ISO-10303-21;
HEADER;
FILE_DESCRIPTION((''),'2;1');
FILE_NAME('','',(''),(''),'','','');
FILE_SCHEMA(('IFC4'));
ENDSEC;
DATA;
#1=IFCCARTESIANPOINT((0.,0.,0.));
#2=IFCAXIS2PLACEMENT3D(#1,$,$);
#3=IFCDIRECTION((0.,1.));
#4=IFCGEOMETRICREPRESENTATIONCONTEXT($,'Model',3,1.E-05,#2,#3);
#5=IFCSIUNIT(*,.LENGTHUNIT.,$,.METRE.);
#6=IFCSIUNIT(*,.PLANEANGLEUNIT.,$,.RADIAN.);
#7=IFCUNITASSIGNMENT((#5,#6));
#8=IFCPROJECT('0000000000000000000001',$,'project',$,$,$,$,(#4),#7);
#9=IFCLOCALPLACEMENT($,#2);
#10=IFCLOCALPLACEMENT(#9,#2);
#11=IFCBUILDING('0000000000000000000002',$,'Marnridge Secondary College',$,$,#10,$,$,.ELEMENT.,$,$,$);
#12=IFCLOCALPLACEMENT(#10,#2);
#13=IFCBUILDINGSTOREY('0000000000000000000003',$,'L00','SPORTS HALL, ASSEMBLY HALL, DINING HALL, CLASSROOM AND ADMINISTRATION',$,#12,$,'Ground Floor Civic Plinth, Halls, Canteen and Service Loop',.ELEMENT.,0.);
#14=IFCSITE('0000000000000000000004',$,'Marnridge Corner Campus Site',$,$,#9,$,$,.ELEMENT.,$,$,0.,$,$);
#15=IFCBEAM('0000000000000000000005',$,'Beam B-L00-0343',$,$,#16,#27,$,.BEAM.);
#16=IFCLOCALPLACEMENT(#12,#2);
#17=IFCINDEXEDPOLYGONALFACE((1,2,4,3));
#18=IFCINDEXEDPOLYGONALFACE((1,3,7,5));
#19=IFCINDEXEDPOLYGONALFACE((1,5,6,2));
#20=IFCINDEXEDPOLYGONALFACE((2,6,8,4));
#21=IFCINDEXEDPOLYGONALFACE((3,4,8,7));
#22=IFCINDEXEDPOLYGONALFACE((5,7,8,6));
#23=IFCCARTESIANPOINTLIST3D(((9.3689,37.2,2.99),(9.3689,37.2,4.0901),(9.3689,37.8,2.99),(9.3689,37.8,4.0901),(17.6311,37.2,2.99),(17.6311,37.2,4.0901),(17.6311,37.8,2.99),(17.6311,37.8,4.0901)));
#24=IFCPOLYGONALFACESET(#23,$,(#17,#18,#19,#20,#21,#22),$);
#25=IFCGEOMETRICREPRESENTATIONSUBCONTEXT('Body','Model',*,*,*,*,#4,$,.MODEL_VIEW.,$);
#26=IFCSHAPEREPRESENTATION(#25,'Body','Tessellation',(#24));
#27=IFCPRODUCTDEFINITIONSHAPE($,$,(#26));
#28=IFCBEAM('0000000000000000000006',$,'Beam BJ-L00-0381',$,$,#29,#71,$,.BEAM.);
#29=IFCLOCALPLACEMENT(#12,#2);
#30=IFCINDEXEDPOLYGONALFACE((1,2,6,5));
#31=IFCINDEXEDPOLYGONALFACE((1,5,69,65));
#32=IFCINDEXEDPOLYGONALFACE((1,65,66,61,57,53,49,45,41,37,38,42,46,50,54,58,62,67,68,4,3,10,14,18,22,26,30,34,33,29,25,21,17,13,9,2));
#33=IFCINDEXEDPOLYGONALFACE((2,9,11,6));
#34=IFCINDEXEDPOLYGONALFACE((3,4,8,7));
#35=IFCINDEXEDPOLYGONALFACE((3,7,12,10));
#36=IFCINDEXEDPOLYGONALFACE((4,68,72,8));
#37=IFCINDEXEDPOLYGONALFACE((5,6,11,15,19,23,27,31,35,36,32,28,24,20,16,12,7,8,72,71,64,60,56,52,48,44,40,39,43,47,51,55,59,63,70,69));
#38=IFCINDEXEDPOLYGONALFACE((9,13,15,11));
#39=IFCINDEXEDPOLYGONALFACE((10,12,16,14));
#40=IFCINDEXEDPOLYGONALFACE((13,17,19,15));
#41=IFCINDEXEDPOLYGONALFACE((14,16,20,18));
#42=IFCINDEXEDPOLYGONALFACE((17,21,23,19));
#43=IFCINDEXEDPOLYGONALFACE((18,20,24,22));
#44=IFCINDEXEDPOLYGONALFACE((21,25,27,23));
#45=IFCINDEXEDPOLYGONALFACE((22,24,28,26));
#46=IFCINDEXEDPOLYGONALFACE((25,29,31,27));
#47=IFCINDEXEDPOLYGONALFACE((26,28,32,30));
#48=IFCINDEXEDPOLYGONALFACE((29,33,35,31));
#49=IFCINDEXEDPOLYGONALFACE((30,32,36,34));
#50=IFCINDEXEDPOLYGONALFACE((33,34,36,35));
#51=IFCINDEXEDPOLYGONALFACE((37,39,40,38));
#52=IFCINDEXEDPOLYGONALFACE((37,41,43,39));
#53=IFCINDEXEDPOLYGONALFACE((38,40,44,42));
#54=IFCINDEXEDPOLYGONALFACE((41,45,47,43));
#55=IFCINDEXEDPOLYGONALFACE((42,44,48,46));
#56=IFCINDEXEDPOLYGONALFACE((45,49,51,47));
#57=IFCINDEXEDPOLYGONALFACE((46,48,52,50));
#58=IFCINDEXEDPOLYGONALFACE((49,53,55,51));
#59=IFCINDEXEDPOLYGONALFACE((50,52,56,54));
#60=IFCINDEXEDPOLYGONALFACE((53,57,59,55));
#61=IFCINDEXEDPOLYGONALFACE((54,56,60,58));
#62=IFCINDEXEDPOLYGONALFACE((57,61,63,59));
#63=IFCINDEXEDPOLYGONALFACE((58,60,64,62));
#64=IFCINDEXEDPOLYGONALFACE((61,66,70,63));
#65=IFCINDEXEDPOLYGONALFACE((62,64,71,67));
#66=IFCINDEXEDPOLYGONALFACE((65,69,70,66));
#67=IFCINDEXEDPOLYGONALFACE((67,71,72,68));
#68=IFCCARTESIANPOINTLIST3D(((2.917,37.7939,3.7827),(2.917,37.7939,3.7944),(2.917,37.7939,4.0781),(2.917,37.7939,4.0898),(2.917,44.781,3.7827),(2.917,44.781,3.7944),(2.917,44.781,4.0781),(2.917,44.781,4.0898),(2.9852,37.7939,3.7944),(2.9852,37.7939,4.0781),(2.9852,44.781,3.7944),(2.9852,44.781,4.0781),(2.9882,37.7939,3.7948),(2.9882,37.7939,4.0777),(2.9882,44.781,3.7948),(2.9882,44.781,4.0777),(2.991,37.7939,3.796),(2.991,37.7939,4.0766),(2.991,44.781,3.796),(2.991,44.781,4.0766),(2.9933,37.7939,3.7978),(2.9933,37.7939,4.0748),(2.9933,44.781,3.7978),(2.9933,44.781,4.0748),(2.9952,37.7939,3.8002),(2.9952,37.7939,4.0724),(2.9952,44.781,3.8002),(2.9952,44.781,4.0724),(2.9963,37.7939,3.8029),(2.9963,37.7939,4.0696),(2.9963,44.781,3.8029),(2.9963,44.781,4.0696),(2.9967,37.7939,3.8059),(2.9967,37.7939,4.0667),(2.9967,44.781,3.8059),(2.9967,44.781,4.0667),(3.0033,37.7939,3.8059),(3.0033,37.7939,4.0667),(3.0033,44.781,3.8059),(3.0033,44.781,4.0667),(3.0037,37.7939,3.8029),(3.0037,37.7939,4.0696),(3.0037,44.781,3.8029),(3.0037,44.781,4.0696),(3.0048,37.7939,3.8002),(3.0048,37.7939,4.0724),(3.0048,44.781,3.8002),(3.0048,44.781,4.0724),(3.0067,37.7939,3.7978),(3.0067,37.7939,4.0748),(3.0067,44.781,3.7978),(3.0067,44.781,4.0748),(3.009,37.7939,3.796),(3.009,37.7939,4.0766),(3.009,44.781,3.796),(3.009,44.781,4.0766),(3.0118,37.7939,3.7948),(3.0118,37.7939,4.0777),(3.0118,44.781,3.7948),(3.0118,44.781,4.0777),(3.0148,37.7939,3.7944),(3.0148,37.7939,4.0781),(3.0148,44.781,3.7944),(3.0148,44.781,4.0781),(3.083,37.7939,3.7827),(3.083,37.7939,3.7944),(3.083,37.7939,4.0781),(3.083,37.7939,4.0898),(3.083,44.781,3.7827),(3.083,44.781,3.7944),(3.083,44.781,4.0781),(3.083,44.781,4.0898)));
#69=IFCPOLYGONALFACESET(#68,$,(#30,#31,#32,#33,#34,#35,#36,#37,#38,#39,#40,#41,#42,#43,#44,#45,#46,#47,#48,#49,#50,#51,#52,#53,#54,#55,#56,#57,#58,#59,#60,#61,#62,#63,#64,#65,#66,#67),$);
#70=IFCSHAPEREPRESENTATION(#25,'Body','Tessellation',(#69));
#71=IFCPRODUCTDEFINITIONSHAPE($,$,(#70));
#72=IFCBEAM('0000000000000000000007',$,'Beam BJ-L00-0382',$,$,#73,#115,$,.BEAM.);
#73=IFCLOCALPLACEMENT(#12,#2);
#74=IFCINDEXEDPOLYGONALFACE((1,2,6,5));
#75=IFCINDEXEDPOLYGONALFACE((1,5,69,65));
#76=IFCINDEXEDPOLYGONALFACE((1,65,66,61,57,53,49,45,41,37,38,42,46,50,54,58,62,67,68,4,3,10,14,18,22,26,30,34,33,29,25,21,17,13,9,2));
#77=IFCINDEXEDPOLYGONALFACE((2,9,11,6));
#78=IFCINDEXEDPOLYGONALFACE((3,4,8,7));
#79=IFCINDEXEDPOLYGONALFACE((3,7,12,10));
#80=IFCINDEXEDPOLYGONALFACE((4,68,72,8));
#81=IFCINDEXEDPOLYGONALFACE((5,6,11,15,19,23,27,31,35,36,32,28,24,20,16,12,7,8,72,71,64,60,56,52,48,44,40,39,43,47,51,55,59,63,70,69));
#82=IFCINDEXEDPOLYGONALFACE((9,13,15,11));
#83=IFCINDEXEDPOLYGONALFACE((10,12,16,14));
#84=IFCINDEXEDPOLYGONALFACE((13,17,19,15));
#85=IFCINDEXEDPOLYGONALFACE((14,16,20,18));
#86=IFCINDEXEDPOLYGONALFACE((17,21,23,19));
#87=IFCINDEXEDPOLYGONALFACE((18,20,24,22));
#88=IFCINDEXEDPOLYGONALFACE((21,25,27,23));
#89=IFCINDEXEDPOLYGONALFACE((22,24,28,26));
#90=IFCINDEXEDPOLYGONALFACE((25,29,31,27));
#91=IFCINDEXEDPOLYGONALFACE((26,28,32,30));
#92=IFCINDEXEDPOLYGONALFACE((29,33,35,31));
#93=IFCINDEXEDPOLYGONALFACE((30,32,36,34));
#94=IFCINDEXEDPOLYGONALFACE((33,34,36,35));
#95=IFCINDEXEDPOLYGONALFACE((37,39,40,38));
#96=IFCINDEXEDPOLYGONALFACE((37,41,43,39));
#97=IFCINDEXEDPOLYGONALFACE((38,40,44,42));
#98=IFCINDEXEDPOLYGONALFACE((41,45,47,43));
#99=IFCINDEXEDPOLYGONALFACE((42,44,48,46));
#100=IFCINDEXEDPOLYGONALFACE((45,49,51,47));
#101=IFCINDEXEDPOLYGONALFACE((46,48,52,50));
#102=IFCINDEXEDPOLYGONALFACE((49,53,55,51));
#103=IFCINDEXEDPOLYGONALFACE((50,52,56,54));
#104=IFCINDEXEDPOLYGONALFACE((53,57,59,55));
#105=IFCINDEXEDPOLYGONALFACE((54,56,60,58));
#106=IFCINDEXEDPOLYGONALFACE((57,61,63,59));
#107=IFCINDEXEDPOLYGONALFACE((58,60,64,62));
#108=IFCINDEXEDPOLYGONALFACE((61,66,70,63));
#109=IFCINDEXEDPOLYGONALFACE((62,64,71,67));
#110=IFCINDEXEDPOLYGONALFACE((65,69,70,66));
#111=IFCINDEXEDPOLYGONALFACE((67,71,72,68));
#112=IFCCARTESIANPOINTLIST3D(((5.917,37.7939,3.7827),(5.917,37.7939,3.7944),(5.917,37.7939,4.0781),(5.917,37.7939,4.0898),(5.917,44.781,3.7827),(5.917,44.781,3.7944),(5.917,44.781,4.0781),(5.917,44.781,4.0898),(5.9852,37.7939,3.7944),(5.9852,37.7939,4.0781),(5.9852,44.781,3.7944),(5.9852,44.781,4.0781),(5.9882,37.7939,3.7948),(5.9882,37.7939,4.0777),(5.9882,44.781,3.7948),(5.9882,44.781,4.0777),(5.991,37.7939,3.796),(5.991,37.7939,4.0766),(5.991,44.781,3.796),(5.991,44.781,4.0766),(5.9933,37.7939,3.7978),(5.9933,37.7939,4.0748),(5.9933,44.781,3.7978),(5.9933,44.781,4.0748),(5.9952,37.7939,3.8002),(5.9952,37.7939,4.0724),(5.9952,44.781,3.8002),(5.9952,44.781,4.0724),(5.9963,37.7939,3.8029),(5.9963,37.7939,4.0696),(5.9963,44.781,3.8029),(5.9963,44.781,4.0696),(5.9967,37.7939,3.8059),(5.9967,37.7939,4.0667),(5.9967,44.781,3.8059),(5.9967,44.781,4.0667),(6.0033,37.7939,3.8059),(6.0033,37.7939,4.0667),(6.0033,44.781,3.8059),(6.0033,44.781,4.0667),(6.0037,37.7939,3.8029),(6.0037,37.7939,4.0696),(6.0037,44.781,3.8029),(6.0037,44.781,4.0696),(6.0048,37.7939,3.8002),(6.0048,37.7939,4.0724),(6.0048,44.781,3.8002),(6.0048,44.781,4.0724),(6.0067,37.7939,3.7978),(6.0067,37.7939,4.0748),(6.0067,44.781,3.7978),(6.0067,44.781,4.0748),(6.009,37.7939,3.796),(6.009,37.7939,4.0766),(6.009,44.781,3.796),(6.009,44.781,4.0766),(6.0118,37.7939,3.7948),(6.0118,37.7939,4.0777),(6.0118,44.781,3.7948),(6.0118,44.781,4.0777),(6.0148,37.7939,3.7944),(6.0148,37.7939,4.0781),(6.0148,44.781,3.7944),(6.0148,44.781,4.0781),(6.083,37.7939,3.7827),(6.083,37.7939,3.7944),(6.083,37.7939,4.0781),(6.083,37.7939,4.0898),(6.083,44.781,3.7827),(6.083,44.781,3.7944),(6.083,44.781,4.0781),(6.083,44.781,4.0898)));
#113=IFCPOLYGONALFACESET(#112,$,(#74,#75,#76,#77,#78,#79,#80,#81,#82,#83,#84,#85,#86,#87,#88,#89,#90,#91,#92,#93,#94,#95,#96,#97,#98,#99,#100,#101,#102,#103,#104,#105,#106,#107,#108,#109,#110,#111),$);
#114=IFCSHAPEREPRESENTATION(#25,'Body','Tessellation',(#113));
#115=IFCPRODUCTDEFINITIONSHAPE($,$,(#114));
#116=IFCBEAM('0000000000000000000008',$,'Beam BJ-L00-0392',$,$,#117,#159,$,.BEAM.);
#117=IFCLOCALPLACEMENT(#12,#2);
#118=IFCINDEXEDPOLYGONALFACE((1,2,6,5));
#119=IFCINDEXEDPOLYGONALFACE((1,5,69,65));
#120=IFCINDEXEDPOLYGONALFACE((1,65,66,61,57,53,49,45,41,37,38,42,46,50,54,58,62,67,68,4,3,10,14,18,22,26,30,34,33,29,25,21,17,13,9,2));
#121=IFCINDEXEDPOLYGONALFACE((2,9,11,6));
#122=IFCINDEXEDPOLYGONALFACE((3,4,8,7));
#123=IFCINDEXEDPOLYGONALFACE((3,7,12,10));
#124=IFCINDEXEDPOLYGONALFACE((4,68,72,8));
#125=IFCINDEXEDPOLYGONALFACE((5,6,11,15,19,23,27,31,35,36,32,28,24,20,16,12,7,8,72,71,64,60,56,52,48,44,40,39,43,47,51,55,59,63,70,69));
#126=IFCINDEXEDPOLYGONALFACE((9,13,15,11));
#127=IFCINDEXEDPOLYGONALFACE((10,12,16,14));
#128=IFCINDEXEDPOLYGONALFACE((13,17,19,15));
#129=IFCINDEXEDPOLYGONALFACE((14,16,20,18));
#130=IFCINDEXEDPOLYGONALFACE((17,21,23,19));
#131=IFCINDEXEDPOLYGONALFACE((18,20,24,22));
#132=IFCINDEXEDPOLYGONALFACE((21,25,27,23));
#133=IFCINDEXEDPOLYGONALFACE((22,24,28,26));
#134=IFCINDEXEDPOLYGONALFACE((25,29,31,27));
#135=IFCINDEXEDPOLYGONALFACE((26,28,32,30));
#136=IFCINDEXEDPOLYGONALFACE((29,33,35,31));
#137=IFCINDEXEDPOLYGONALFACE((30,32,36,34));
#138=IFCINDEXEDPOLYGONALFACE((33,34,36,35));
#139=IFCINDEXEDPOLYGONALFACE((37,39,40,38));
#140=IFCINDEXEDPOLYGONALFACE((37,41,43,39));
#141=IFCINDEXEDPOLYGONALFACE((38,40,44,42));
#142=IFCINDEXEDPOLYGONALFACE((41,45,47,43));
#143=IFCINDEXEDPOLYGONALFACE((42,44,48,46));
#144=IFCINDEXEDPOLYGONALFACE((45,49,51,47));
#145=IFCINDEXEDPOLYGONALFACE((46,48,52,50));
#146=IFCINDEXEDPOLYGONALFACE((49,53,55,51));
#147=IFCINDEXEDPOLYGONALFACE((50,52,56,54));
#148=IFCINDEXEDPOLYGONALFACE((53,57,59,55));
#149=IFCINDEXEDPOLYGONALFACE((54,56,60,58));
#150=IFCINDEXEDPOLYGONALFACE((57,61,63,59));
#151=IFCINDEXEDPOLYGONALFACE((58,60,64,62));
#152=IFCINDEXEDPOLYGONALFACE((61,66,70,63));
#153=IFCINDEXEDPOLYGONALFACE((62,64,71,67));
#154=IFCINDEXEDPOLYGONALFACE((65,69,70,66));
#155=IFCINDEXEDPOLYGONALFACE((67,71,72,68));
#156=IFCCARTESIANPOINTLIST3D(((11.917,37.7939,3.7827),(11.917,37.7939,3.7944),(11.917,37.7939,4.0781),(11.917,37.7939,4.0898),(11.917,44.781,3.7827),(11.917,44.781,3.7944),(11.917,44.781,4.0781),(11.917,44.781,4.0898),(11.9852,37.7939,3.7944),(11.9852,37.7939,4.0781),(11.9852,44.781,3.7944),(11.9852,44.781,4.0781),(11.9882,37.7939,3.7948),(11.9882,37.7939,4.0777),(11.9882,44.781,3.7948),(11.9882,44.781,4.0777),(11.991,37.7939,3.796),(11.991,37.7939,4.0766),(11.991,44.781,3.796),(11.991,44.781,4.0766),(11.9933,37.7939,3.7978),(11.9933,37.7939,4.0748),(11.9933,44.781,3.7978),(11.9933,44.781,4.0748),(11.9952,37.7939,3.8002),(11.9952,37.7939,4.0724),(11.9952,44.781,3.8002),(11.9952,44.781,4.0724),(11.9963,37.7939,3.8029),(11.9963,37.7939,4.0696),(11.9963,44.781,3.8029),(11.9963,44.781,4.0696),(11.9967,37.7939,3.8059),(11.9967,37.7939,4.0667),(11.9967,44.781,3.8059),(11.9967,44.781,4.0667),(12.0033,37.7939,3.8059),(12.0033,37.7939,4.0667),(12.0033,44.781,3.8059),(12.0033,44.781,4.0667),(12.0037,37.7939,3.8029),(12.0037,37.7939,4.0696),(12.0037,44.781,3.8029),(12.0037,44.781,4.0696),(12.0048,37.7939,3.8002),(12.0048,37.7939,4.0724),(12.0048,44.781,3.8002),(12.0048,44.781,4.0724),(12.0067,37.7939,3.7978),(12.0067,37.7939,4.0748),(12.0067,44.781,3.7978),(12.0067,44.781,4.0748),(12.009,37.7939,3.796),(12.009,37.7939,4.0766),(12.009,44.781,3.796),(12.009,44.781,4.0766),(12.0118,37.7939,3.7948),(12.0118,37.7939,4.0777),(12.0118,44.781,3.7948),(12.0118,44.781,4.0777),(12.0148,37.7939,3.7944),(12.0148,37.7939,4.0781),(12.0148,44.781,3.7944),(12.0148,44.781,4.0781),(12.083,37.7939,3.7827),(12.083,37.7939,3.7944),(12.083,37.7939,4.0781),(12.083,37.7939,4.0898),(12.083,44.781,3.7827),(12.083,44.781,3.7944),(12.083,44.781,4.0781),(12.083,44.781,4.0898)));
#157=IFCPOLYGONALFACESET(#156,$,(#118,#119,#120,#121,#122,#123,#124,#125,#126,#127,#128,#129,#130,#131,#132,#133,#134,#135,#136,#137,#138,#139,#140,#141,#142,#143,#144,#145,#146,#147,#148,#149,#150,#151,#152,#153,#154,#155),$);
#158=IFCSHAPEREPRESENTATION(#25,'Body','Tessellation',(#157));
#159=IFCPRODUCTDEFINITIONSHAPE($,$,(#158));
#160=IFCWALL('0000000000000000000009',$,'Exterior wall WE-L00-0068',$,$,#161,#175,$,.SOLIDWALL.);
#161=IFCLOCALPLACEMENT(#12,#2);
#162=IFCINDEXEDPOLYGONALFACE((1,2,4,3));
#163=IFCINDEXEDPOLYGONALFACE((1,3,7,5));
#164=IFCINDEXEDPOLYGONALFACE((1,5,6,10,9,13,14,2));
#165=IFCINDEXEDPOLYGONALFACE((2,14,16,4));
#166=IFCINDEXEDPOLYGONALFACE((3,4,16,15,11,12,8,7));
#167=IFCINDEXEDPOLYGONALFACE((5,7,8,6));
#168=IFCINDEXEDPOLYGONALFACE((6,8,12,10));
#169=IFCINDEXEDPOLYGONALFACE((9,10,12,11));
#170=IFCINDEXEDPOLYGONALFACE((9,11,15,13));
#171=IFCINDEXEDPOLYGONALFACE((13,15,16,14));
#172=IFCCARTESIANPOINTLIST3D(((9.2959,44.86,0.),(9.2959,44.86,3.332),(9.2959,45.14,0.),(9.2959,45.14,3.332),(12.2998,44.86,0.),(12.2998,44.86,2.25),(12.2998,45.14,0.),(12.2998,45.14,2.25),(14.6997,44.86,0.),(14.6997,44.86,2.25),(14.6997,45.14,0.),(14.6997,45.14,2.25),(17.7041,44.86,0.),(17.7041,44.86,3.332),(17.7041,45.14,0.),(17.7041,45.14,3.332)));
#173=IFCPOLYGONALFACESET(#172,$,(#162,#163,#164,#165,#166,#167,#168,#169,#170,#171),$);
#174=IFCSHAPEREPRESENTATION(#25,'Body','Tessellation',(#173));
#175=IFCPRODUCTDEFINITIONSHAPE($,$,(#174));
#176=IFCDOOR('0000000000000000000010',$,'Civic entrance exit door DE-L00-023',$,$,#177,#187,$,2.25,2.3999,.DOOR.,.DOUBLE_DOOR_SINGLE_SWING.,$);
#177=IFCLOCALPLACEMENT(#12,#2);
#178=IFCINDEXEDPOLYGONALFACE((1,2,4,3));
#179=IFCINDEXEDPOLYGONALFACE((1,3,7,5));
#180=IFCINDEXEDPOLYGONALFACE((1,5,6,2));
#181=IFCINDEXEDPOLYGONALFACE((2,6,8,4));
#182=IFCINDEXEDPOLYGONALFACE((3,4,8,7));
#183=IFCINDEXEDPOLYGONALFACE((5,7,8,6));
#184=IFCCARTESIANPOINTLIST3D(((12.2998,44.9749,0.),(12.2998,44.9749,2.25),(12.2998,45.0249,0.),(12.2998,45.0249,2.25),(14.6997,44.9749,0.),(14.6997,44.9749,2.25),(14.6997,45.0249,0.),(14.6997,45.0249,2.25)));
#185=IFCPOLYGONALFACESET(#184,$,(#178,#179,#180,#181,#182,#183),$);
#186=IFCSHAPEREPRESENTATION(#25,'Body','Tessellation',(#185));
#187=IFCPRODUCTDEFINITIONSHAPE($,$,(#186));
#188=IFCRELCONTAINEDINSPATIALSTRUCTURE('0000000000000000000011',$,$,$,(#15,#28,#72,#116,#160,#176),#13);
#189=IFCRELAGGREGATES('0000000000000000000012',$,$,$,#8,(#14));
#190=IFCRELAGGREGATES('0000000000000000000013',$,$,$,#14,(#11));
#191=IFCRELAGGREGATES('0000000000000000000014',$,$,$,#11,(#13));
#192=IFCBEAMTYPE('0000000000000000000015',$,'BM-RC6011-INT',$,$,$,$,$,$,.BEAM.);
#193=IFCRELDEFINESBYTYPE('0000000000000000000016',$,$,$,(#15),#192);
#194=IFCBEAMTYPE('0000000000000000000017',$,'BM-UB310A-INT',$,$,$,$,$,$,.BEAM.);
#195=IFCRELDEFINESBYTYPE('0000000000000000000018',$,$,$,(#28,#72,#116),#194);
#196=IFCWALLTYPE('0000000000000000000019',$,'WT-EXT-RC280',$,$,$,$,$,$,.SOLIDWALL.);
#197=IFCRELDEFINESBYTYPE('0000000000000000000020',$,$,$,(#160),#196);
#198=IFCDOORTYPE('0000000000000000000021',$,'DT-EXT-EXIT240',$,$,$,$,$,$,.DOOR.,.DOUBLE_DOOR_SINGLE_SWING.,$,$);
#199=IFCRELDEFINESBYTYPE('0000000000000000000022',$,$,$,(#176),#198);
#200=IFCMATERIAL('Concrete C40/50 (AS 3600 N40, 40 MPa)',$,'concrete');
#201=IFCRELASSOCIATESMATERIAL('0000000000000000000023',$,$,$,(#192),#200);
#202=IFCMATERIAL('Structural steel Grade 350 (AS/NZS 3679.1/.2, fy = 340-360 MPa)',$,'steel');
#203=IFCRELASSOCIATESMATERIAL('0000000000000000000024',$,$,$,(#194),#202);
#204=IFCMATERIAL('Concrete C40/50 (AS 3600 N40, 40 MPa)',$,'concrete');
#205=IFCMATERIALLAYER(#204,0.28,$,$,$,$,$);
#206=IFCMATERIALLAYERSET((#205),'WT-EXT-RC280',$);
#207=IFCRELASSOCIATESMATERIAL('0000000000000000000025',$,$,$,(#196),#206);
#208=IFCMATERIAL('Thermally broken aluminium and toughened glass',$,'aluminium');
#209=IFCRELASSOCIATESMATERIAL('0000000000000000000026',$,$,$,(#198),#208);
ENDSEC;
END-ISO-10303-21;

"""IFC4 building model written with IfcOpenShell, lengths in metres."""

from ifc_helpers import new_model, si_unit, direction, frame, frame_2d, origin, origin_2d, place, context, subcontext, project, spatial, rectangle, i_section, extrude, material, layer, layer_set, material_profile, profile_set, type_object, element, fill, save


model = new_model("IFC4")

# Units and contexts
model_context = context("Model", 3, precision=1e-05, world=origin(), true_north=direction((0.0, 1.0)))
body_context = subcontext(model_context, "Body", "Model", "MODEL_VIEW")
ifc_project = project(units=[si_unit("LENGTHUNIT", "METRE"), si_unit("PLANEANGLEUNIT", "RADIAN")], contexts=[model_context])

# Site, building, storey
site_placement = place(None, origin())
site = spatial("IfcSite", under=ifc_project, at=site_placement, Name="Marnridge Corner Campus Site", CompositionType="ELEMENT", RefElevation=0.0)
building_placement = place(site_placement, origin())
building = spatial("IfcBuilding", under=site, at=building_placement, Name="Marnridge Secondary College", CompositionType="ELEMENT")
storey_placement = place(building_placement, origin())
storey = spatial("IfcBuildingStorey", under=building, at=storey_placement, Name="L00", Description="SPORTS HALL, ASSEMBLY HALL, DINING HALL, CLASSROOM AND ADMINISTRATION", LongName="Ground Floor Civic Plinth, Halls, Canteen and Service Loop", CompositionType="ELEMENT", Elevation=0.0)

# Beams
ifc_material_1 = material(Name="Concrete C40/50 (AS 3600 N40, 40 MPa)", Category="concrete")
ifc_material_profile_1 = material_profile(ifc_material_1, rectangle(XDim=0.6001, YDim=1.1001, at=origin_2d()), Name="RC 600x1100")
ifc_profile_set_1 = profile_set([ifc_material_profile_1], Name="Concrete C40/50 (AS 3600 N40, 40 MPa)")
beam_type_1 = type_object("IfcBeamType", Name="BM-RC6011-INT", PredefinedType="BEAM", material=ifc_profile_set_1)
beam_1_placement = place(storey_placement, frame((9.3689, 37.5, 3.54), z_axis=(1.0, 0.0, 0.0), x_axis=(0.0, 1.0, 0.0)))
element("IfcBeam", 1, at=beam_1_placement, inside=storey, type_object=beam_type_1, Name="Beam B-L00-0343", PredefinedType="BEAM", context=body_context, shape_type="SweptSolid", body=[
    extrude(rectangle(XDim=0.6001, YDim=1.1001, at=origin_2d()), origin(), (0.0, 0.0, 1.0), 8.2622),
])
ifc_material_2 = material(Name="Structural steel Grade 350 (AS/NZS 3679.1/.2, fy = 340-360 MPa)", Category="steel")
ifc_material_profile_2 = material_profile(ifc_material_2, i_section(OverallWidth=0.166, OverallDepth=0.3071, WebThickness=0.0066, FlangeThickness=0.0117, FilletRadius=0.0115, at=origin_2d()), Name="310UB46.2")
ifc_profile_set_2 = profile_set([ifc_material_profile_2], Name="Structural steel Grade 350 (AS/NZS 3679.1/.2, fy = 340-360 MPa)")
beam_type_2 = type_object("IfcBeamType", Name="BM-UB310A-INT", PredefinedType="BEAM", material=ifc_profile_set_2)
for number, where, z_axis, x_axis, name in (
    (2, (3.0, 37.7939, 3.9363), (0.0, 1.0, 0.0), (-1.0, 0.0, 0.0), "Beam BJ-L00-0381"),
    (3, (6.0, 37.7939, 3.9363), (0.0, 1.0, 0.0), (-1.0, 0.0, 0.0), "Beam BJ-L00-0382"),
    (4, (12.0, 37.7939, 3.9363), (0.0, 1.0, 0.0), (-1.0, 0.0, 0.0), "Beam BJ-L00-0392"),
):
    element("IfcBeam", number, at=place(storey_placement, frame(where, z_axis=z_axis, x_axis=x_axis)), inside=storey, type_object=beam_type_2, Name=name, PredefinedType="BEAM", context=body_context, shape_type="SweptSolid", body=[
        extrude(i_section(OverallWidth=0.166, OverallDepth=0.3071, WebThickness=0.0066, FlangeThickness=0.0117, FilletRadius=0.0115, at=origin_2d()), origin(), (0.0, 0.0, 1.0), 6.9871),
    ])

# Wall, opening, door
ifc_material_3 = material(Name="Concrete C40/50 (AS 3600 N40, 40 MPa)", Category="concrete")
ifc_layer_1 = layer(ifc_material_3, 0.28)
ifc_layer_set_1 = layer_set([ifc_layer_1], Name="WT-EXT-RC280")
wall_type_1 = type_object("IfcWallType", Name="WT-EXT-RC280", PredefinedType="SOLIDWALL", material=ifc_layer_set_1)
wall_placement = place(storey_placement, frame((9.2959, 45.0, 0.0), z_axis=(0.0, 0.0, 1.0), x_axis=(1.0, 0.0, 0.0)))
wall = element("IfcWall", 5, at=wall_placement, inside=storey, type_object=wall_type_1, Name="Exterior wall WE-L00-0068", PredefinedType="SOLIDWALL", context=body_context, shape_type="SweptSolid", body=[
    extrude(rectangle(XDim=8.4082, YDim=0.28, at=frame_2d((4.2041, 0.0))), origin(), (0.0, 0.0, 1.0), 3.332),
])
opening_placement = place(wall_placement, frame((3.0039, 0.0, 0.0)))
opening = element("IfcOpeningElement", 6, at=opening_placement, cuts=wall, PredefinedType="OPENING", context=body_context, shape_type="SweptSolid", body=[
    extrude(rectangle(XDim=2.3999, YDim=2.25, at=frame_2d((1.2, 1.125))), frame((0.0, 0.1499, 0.0), z_axis=(0.0, -1.0, 0.0), x_axis=(1.0, 0.0, 0.0)), (0.0, 0.0, 1.0), 0.3),
])
ifc_material_4 = material(Name="Thermally broken aluminium and toughened glass", Category="aluminium")
door_type = type_object("IfcDoorType", Name="DT-EXT-EXIT240", OperationType="DOUBLE_DOOR_SINGLE_SWING", PredefinedType="DOOR", material=ifc_material_4)
door_placement = place(opening_placement, origin())
door = element("IfcDoor", 7, at=door_placement, inside=storey, type_object=door_type, Name="Civic entrance exit door DE-L00-023", OperationType="DOUBLE_DOOR_SINGLE_SWING", OverallHeight=2.25, OverallWidth=2.3999, PredefinedType="DOOR", context=body_context, shape_type="SweptSolid", body=[
    extrude(rectangle(XDim=2.3999, YDim=2.25, at=frame_2d((1.2, 1.125))), frame((0.0, 0.0249, 0.0), z_axis=(0.0, -1.0, 0.0), x_axis=(1.0, 0.0, 0.0)), (0.0, 0.0, 1.0), 0.05),
])
fill(opening, door)

save(model, "model.ifc")
